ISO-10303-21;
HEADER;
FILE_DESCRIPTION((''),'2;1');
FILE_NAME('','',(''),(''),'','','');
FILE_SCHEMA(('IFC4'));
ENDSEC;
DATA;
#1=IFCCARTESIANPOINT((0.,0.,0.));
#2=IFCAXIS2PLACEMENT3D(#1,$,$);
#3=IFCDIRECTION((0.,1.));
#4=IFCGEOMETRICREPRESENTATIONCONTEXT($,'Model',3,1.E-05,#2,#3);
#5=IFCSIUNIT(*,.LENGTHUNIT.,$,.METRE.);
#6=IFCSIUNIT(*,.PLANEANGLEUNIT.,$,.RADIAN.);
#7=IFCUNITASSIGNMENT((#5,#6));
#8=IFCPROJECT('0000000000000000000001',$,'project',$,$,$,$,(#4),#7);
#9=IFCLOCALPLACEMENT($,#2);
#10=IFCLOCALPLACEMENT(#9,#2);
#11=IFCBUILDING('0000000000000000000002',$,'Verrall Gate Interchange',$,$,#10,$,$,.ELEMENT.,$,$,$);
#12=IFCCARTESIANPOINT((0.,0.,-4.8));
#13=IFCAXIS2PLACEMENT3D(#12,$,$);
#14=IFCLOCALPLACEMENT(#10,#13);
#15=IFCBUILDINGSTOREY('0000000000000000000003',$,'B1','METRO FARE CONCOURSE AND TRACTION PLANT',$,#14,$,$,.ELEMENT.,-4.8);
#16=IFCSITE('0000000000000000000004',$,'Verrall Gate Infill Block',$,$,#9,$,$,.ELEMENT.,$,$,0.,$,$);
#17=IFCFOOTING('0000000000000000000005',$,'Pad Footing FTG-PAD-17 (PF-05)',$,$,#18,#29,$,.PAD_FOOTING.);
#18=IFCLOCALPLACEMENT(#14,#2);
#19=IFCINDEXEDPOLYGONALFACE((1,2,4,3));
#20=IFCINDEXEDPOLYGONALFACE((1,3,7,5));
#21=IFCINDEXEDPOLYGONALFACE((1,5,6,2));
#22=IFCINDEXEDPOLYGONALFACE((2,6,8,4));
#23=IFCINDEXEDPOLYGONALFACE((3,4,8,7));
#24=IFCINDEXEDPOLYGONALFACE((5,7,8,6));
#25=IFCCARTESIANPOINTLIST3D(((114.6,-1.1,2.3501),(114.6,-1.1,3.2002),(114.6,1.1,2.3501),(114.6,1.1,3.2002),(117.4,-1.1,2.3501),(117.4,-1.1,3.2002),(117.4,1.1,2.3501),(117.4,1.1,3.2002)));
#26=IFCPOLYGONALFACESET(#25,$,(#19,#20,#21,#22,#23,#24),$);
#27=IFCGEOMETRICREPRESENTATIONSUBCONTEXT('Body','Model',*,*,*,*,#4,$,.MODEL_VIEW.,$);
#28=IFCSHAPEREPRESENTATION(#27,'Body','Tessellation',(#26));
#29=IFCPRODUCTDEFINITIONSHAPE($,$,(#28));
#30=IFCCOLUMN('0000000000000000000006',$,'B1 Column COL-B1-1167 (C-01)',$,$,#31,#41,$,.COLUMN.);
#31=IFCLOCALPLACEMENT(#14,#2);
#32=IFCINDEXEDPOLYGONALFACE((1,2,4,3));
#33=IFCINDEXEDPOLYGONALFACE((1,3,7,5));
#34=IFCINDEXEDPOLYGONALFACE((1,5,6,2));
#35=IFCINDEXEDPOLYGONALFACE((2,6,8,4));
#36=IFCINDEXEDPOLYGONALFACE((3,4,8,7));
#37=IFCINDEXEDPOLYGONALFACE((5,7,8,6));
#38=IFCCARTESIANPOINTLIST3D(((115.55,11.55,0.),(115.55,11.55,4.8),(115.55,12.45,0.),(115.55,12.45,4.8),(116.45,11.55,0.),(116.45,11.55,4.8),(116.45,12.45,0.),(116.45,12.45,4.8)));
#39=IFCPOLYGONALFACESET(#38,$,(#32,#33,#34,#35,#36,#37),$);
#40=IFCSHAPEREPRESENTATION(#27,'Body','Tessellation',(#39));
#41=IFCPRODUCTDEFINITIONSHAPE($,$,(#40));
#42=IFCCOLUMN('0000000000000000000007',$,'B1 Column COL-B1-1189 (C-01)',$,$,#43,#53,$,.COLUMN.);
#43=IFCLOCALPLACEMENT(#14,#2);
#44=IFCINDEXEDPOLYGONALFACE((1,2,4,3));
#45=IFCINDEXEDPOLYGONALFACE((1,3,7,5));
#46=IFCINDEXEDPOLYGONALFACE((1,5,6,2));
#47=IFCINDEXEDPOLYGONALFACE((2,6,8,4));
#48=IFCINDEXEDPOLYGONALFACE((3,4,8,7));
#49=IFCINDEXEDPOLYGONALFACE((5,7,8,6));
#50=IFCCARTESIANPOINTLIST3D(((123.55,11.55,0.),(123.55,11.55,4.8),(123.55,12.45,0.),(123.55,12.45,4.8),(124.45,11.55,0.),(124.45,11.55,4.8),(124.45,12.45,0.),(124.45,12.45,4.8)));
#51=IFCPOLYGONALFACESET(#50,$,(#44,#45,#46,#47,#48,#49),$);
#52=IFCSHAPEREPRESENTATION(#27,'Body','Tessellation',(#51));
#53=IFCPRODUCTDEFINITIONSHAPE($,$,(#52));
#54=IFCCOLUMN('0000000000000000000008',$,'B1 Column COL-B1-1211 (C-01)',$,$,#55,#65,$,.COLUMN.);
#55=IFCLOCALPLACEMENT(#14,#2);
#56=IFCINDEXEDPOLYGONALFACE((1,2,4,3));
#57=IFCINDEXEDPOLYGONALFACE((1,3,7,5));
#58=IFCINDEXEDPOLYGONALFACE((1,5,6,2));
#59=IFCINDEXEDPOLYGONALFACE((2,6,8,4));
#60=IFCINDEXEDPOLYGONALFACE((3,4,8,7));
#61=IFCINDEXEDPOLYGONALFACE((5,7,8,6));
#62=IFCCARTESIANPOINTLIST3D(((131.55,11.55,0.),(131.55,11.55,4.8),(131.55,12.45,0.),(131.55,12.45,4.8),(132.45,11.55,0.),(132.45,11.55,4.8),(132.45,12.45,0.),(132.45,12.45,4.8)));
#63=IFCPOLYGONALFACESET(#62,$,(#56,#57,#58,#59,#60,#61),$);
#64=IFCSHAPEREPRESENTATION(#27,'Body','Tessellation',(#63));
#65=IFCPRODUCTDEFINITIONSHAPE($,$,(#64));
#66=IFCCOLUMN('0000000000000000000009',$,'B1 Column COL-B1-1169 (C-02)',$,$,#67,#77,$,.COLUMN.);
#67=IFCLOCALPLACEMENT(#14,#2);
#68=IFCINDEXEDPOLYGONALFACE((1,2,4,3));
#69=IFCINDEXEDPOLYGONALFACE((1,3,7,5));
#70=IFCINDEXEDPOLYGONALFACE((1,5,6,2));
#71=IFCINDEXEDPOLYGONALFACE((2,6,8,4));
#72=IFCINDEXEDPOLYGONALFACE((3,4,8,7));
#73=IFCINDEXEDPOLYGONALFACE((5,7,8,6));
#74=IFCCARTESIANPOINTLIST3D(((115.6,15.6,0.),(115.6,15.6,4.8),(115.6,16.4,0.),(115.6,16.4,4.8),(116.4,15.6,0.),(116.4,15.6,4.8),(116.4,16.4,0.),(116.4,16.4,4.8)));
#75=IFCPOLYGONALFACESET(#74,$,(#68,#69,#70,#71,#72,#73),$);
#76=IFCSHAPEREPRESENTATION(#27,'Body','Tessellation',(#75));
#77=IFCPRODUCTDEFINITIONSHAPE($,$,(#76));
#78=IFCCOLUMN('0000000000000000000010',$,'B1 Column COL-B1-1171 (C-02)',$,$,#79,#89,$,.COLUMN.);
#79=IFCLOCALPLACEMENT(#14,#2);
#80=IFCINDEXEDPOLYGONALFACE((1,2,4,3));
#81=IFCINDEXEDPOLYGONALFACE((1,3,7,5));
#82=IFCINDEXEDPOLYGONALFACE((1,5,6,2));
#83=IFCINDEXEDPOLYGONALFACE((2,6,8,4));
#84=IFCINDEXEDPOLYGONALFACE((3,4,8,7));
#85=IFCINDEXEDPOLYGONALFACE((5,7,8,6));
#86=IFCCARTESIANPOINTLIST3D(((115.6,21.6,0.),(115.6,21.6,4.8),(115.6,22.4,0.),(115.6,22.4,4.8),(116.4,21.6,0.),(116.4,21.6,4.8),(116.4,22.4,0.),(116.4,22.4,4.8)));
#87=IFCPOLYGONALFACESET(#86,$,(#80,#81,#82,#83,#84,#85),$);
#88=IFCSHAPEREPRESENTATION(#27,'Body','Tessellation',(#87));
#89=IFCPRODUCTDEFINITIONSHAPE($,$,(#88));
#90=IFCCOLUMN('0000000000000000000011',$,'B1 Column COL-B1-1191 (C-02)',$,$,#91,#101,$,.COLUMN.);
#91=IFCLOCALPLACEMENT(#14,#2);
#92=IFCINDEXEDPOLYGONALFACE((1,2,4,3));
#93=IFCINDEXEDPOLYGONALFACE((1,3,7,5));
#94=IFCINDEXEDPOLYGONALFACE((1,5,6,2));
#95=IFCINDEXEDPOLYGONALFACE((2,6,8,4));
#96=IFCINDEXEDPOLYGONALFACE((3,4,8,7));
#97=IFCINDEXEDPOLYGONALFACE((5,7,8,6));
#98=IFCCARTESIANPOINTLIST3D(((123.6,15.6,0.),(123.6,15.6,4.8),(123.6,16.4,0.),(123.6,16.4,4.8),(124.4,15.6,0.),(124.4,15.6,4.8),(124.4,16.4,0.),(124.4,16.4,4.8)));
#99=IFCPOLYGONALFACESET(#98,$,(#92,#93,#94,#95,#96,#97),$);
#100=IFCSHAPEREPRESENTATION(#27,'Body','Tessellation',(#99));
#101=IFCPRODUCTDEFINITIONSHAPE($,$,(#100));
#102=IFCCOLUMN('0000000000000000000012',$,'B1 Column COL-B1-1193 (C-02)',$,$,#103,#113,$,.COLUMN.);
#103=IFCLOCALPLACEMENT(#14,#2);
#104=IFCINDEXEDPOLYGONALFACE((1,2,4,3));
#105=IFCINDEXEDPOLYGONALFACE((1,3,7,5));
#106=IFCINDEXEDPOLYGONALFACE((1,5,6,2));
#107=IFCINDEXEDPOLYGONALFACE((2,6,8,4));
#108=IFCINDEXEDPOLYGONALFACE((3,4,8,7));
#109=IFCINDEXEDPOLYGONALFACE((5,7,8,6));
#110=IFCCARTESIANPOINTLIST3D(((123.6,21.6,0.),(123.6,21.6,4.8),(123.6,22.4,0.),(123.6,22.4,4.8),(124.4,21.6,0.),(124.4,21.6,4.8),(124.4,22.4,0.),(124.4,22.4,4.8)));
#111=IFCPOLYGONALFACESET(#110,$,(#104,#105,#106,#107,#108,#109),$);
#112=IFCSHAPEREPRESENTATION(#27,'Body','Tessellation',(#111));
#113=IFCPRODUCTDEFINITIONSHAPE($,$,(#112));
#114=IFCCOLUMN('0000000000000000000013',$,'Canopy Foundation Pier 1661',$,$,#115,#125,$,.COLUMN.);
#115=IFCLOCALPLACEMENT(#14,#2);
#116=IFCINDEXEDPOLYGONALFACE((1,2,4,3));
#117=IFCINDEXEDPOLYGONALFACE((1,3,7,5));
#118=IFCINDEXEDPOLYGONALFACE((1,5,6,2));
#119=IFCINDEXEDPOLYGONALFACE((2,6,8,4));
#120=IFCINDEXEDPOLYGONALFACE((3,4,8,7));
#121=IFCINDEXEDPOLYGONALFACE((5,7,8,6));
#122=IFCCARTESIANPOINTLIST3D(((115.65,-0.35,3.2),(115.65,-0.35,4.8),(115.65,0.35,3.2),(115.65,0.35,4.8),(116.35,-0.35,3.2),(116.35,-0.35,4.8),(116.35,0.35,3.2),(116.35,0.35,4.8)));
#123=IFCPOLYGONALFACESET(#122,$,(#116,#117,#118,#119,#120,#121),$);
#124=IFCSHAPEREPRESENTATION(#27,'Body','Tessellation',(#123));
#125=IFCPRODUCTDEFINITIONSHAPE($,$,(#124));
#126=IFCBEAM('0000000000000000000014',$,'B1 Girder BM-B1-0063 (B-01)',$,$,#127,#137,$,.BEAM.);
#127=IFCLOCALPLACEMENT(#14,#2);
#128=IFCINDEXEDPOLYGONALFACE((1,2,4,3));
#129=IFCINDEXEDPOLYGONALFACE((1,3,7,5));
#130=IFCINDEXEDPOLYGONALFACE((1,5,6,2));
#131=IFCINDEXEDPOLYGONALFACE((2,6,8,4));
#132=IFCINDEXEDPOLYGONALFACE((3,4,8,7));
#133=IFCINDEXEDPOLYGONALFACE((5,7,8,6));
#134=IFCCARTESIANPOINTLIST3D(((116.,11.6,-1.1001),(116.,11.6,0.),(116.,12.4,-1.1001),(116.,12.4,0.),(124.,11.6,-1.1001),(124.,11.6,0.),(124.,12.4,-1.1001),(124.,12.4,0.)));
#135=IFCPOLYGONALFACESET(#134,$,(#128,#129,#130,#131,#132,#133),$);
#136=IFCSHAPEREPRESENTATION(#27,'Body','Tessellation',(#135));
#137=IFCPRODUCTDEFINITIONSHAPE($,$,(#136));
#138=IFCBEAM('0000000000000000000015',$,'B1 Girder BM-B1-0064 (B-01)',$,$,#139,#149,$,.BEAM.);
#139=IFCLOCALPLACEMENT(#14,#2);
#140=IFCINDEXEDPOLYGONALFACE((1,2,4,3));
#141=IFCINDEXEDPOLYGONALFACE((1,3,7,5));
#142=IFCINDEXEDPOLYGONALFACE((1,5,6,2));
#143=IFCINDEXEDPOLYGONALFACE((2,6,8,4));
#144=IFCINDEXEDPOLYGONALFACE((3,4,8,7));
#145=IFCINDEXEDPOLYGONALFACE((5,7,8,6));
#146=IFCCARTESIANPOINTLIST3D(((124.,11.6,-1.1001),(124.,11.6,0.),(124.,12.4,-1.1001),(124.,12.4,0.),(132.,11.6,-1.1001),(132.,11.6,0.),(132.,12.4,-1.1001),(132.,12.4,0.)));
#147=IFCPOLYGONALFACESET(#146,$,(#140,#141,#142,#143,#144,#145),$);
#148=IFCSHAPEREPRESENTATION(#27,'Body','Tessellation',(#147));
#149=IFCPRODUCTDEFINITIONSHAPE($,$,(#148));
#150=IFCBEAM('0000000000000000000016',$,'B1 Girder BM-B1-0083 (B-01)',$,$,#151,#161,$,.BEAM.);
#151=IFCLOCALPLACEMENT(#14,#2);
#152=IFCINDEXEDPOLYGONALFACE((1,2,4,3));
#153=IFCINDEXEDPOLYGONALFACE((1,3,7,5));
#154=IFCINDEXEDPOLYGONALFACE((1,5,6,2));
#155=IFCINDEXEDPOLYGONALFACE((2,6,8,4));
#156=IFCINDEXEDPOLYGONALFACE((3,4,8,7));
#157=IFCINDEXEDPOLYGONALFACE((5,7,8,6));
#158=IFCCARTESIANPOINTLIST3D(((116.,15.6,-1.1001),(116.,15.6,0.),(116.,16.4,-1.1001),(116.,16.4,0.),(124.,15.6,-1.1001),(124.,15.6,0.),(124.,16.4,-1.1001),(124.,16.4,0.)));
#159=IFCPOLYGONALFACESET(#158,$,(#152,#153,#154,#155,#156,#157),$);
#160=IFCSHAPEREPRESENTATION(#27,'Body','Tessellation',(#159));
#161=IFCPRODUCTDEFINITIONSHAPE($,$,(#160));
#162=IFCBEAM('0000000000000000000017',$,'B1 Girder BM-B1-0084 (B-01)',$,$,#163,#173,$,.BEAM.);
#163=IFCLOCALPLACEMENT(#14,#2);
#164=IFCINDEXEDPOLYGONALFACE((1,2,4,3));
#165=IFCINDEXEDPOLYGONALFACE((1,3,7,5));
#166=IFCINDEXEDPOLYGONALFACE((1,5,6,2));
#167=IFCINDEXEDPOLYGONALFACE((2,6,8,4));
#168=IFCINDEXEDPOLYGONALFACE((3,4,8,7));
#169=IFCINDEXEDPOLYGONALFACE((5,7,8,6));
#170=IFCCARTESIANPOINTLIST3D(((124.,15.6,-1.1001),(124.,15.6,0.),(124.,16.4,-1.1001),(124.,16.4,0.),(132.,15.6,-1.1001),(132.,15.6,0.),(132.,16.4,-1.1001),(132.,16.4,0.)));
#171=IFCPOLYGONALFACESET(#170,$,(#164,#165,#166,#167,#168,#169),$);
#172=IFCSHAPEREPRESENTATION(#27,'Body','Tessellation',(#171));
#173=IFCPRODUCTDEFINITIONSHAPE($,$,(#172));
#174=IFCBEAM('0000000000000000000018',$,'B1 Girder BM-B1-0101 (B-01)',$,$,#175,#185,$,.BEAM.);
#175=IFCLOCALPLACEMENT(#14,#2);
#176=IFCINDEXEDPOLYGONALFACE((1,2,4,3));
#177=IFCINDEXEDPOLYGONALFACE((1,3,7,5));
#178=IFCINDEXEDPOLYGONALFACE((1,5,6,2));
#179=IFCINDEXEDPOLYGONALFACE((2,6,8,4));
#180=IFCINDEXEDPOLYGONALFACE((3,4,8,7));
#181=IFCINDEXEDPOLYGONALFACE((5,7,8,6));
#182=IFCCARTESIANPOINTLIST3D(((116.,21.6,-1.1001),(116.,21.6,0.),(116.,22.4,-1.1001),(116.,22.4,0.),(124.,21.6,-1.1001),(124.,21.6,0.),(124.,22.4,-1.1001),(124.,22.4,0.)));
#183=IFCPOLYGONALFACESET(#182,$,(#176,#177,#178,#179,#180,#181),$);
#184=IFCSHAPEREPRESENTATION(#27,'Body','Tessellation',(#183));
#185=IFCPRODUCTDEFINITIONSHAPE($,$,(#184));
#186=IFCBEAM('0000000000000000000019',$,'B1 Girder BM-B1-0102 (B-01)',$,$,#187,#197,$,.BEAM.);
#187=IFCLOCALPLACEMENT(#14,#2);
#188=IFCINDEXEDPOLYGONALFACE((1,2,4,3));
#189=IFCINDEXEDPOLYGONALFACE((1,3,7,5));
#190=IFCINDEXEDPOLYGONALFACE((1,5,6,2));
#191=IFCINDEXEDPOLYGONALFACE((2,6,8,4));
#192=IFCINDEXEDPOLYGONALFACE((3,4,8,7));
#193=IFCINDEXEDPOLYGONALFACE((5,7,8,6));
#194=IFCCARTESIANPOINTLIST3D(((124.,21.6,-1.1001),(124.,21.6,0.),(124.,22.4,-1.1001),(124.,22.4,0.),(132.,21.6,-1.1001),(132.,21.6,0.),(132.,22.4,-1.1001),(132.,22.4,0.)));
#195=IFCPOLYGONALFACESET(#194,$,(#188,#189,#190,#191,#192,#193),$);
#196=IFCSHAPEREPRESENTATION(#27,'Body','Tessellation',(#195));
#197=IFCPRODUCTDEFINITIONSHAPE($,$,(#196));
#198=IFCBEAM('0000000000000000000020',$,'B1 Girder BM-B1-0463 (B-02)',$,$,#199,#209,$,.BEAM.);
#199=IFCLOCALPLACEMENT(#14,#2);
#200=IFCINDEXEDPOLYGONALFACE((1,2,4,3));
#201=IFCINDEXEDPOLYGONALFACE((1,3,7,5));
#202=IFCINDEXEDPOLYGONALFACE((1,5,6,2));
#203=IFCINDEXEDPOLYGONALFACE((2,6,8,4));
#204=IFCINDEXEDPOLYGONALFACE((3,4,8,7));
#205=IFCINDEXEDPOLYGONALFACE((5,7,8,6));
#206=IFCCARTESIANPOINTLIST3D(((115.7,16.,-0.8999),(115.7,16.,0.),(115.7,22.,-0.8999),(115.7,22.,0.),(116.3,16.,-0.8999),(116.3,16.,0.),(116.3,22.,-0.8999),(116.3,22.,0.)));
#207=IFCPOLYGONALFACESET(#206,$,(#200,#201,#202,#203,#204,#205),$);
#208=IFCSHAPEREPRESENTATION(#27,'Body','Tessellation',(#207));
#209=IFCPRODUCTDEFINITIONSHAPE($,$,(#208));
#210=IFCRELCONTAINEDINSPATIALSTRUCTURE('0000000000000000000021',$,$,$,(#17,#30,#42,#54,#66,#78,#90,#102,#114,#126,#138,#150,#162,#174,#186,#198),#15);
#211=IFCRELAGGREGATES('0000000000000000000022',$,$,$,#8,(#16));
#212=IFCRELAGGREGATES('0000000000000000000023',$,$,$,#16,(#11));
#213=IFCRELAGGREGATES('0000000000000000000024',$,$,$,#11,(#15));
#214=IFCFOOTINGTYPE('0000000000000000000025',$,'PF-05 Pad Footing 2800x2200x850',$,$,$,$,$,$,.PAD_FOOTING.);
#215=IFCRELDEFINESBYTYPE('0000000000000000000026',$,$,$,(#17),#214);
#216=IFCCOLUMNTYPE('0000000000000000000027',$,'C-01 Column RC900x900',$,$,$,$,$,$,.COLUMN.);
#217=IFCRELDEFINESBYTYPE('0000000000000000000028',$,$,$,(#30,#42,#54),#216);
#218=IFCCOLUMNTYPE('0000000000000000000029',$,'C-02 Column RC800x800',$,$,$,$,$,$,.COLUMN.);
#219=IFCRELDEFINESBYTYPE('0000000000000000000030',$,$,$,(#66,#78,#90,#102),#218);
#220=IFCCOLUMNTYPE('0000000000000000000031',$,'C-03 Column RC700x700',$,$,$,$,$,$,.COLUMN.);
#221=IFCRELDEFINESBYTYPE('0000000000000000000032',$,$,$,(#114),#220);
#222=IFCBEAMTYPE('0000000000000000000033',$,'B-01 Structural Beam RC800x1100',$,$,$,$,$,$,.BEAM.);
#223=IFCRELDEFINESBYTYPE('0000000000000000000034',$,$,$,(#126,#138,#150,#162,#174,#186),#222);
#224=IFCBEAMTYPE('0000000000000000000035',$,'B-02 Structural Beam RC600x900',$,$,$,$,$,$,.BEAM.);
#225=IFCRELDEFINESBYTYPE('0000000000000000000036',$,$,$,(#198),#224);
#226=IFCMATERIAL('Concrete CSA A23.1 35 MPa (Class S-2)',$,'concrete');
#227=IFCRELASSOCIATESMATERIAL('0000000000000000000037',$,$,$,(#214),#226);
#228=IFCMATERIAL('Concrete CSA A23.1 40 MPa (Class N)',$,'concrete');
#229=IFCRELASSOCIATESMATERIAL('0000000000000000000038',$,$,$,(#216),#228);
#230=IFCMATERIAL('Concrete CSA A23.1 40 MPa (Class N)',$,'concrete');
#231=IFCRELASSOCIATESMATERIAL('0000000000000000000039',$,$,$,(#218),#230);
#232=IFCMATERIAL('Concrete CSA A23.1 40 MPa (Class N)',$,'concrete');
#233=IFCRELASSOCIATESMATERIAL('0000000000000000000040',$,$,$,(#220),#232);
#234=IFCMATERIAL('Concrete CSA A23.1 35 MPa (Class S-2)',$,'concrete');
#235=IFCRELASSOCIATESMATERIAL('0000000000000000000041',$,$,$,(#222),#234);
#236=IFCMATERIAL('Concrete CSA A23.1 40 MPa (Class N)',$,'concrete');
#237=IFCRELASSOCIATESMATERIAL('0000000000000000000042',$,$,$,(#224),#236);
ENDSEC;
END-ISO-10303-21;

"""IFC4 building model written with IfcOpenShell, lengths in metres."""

from ifc_helpers import new_model, si_unit, direction, frame, origin, origin_2d, place, context, subcontext, project, spatial, rectangle, extrude, material, material_profile, profile_set, type_object, element, save


model = new_model("IFC4")

# Units and contexts
model_context = context("Model", 3, precision=1e-05, world=origin(), true_north=direction((0.0, 1.0)))
body_context = subcontext(model_context, "Body", "Model", "MODEL_VIEW")
ifc_project = project(units=[si_unit("LENGTHUNIT", "METRE"), si_unit("PLANEANGLEUNIT", "RADIAN")], contexts=[model_context])

# Site, building, storey
site_placement = place(None, origin())
site = spatial("IfcSite", under=ifc_project, at=site_placement, Name="Verrall Gate Infill Block", CompositionType="ELEMENT", RefElevation=0.0)
building_placement = place(site_placement, origin())
building = spatial("IfcBuilding", under=site, at=building_placement, Name="Verrall Gate Interchange", CompositionType="ELEMENT")
storey_placement = place(building_placement, frame((0.0, 0.0, -4.8)))
storey = spatial("IfcBuildingStorey", under=building, at=storey_placement, Name="B1", Description="METRO FARE CONCOURSE AND TRACTION PLANT", CompositionType="ELEMENT", Elevation=-4.8)

# Footing
ifc_material_1 = material(Name="Concrete CSA A23.1 35 MPa (Class S-2)", Category="concrete")
footing_type = type_object("IfcFootingType", Name="PF-05 Pad Footing 2800x2200x850", PredefinedType="PAD_FOOTING", material=ifc_material_1)
footing_placement = place(storey_placement, frame((116.0, 0.0, 2.3501), z_axis=(0.0, 0.0, 1.0), x_axis=(1.0, 0.0, 0.0)))
element("IfcFooting", 1, at=footing_placement, inside=storey, type_object=footing_type, Name="Pad Footing FTG-PAD-17 (PF-05)", PredefinedType="PAD_FOOTING", context=body_context, shape_type="SweptSolid", body=[
    extrude(rectangle(XDim=2.8, YDim=2.2, at=origin_2d()), origin(), (0.0, 0.0, 1.0), 0.8501),
])

# Columns
ifc_material_2 = material(Name="Concrete CSA A23.1 40 MPa (Class N)", Category="concrete")
ifc_material_profile_1 = material_profile(ifc_material_2, rectangle(XDim=0.8999, YDim=0.8999, at=origin_2d()), Name="RC900x900")
ifc_profile_set_1 = profile_set([ifc_material_profile_1], Name="Concrete CSA A23.1 40 MPa (Class N)")
column_type_1 = type_object("IfcColumnType", Name="C-01 Column RC900x900", PredefinedType="COLUMN", material=ifc_profile_set_1)
for number, where, z_axis, x_axis, name in (
    (2, (116.0, 12.0, 0.0), (0.0, 0.0, 1.0), (1.0, 0.0, 0.0), "B1 Column COL-B1-1167 (C-01)"),
    (3, (124.0, 12.0, 0.0), (0.0, 0.0, 1.0), (1.0, 0.0, 0.0), "B1 Column COL-B1-1189 (C-01)"),
    (4, (132.0, 12.0, 0.0), (0.0, 0.0, 1.0), (1.0, 0.0, 0.0), "B1 Column COL-B1-1211 (C-01)"),
):
    element("IfcColumn", number, at=place(storey_placement, frame(where, z_axis=z_axis, x_axis=x_axis)), inside=storey, type_object=column_type_1, Name=name, PredefinedType="COLUMN", context=body_context, shape_type="SweptSolid", body=[
        extrude(rectangle(XDim=0.8999, YDim=0.8999, at=origin_2d()), origin(), (0.0, 0.0, 1.0), 4.8),
    ])
ifc_material_3 = material(Name="Concrete CSA A23.1 40 MPa (Class N)", Category="concrete")
ifc_material_profile_2 = material_profile(ifc_material_3, rectangle(XDim=0.8, YDim=0.8, at=origin_2d()), Name="RC800x800")
ifc_profile_set_2 = profile_set([ifc_material_profile_2], Name="Concrete CSA A23.1 40 MPa (Class N)")
column_type_2 = type_object("IfcColumnType", Name="C-02 Column RC800x800", PredefinedType="COLUMN", material=ifc_profile_set_2)
for number, where, z_axis, x_axis, name in (
    (5, (116.0, 16.0, 0.0), (0.0, 0.0, 1.0), (1.0, 0.0, 0.0), "B1 Column COL-B1-1169 (C-02)"),
    (6, (116.0, 22.0, 0.0), (0.0, 0.0, 1.0), (1.0, 0.0, 0.0), "B1 Column COL-B1-1171 (C-02)"),
    (7, (124.0, 16.0, 0.0), (0.0, 0.0, 1.0), (1.0, 0.0, 0.0), "B1 Column COL-B1-1191 (C-02)"),
    (8, (124.0, 22.0, 0.0), (0.0, 0.0, 1.0), (1.0, 0.0, 0.0), "B1 Column COL-B1-1193 (C-02)"),
):
    element("IfcColumn", number, at=place(storey_placement, frame(where, z_axis=z_axis, x_axis=x_axis)), inside=storey, type_object=column_type_2, Name=name, PredefinedType="COLUMN", context=body_context, shape_type="SweptSolid", body=[
        extrude(rectangle(XDim=0.8, YDim=0.8, at=origin_2d()), origin(), (0.0, 0.0, 1.0), 4.8),
    ])
ifc_material_4 = material(Name="Concrete CSA A23.1 40 MPa (Class N)", Category="concrete")
ifc_material_profile_3 = material_profile(ifc_material_4, rectangle(XDim=0.7, YDim=0.7, at=origin_2d()), Name="RC700x700")
ifc_profile_set_3 = profile_set([ifc_material_profile_3], Name="Concrete CSA A23.1 40 MPa (Class N)")
column_type_3 = type_object("IfcColumnType", Name="C-03 Column RC700x700", PredefinedType="COLUMN", material=ifc_profile_set_3)
column_placement = place(storey_placement, frame((116.0, 0.0, 3.2), z_axis=(0.0, 0.0, 1.0), x_axis=(1.0, 0.0, 0.0)))
element("IfcColumn", 9, at=column_placement, inside=storey, type_object=column_type_3, Name="Canopy Foundation Pier 1661", PredefinedType="COLUMN", context=body_context, shape_type="SweptSolid", body=[
    extrude(rectangle(XDim=0.7, YDim=0.7, at=origin_2d()), origin(), (0.0, 0.0, 1.0), 1.6001),
])

# Beams
ifc_material_5 = material(Name="Concrete CSA A23.1 35 MPa (Class S-2)", Category="concrete")
ifc_material_profile_4 = material_profile(ifc_material_5, rectangle(XDim=0.8, YDim=1.1001, at=origin_2d()), Name="RC800x1100")
ifc_profile_set_4 = profile_set([ifc_material_profile_4], Name="Concrete CSA A23.1 35 MPa (Class S-2)")
beam_type_1 = type_object("IfcBeamType", Name="B-01 Structural Beam RC800x1100", PredefinedType="BEAM", material=ifc_profile_set_4)
for number, where, z_axis, x_axis, name in (
    (10, (116.0, 12.0, -0.55), (1.0, 0.0, 0.0), (0.0, 1.0, 0.0), "B1 Girder BM-B1-0063 (B-01)"),
    (11, (124.0, 12.0, -0.55), (1.0, 0.0, 0.0), (0.0, 1.0, 0.0), "B1 Girder BM-B1-0064 (B-01)"),
    (12, (116.0, 16.0, -0.55), (1.0, 0.0, 0.0), (0.0, 1.0, 0.0), "B1 Girder BM-B1-0083 (B-01)"),
    (13, (124.0, 16.0, -0.55), (1.0, 0.0, 0.0), (0.0, 1.0, 0.0), "B1 Girder BM-B1-0084 (B-01)"),
    (14, (116.0, 22.0, -0.55), (1.0, 0.0, 0.0), (0.0, 1.0, 0.0), "B1 Girder BM-B1-0101 (B-01)"),
    (15, (124.0, 22.0, -0.55), (1.0, 0.0, 0.0), (0.0, 1.0, 0.0), "B1 Girder BM-B1-0102 (B-01)"),
):
    element("IfcBeam", number, at=place(storey_placement, frame(where, z_axis=z_axis, x_axis=x_axis)), inside=storey, type_object=beam_type_1, Name=name, PredefinedType="BEAM", context=body_context, shape_type="SweptSolid", body=[
        extrude(rectangle(XDim=0.8, YDim=1.1001, at=origin_2d()), origin(), (0.0, 0.0, 1.0), 8.0),
    ])
ifc_material_6 = material(Name="Concrete CSA A23.1 40 MPa (Class N)", Category="concrete")
ifc_material_profile_5 = material_profile(ifc_material_6, rectangle(XDim=0.6001, YDim=0.8999, at=origin_2d()), Name="RC600x900")
ifc_profile_set_5 = profile_set([ifc_material_profile_5], Name="Concrete CSA A23.1 40 MPa (Class N)")
beam_type_2 = type_object("IfcBeamType", Name="B-02 Structural Beam RC600x900", PredefinedType="BEAM", material=ifc_profile_set_5)
for number, where, z_axis, x_axis, name in (
    (16, (116.0, 16.0, -0.45), (0.0, 1.0, 0.0), (-1.0, 0.0, 0.0), "B1 Girder BM-B1-0463 (B-02)"),
):
    element("IfcBeam", number, at=place(storey_placement, frame(where, z_axis=z_axis, x_axis=x_axis)), inside=storey, type_object=beam_type_2, Name=name, PredefinedType="BEAM", context=body_context, shape_type="SweptSolid", body=[
        extrude(rectangle(XDim=0.6001, YDim=0.8999, at=origin_2d()), origin(), (0.0, 0.0, 1.0), 6.0),
    ])

save(model, "model.ifc")
